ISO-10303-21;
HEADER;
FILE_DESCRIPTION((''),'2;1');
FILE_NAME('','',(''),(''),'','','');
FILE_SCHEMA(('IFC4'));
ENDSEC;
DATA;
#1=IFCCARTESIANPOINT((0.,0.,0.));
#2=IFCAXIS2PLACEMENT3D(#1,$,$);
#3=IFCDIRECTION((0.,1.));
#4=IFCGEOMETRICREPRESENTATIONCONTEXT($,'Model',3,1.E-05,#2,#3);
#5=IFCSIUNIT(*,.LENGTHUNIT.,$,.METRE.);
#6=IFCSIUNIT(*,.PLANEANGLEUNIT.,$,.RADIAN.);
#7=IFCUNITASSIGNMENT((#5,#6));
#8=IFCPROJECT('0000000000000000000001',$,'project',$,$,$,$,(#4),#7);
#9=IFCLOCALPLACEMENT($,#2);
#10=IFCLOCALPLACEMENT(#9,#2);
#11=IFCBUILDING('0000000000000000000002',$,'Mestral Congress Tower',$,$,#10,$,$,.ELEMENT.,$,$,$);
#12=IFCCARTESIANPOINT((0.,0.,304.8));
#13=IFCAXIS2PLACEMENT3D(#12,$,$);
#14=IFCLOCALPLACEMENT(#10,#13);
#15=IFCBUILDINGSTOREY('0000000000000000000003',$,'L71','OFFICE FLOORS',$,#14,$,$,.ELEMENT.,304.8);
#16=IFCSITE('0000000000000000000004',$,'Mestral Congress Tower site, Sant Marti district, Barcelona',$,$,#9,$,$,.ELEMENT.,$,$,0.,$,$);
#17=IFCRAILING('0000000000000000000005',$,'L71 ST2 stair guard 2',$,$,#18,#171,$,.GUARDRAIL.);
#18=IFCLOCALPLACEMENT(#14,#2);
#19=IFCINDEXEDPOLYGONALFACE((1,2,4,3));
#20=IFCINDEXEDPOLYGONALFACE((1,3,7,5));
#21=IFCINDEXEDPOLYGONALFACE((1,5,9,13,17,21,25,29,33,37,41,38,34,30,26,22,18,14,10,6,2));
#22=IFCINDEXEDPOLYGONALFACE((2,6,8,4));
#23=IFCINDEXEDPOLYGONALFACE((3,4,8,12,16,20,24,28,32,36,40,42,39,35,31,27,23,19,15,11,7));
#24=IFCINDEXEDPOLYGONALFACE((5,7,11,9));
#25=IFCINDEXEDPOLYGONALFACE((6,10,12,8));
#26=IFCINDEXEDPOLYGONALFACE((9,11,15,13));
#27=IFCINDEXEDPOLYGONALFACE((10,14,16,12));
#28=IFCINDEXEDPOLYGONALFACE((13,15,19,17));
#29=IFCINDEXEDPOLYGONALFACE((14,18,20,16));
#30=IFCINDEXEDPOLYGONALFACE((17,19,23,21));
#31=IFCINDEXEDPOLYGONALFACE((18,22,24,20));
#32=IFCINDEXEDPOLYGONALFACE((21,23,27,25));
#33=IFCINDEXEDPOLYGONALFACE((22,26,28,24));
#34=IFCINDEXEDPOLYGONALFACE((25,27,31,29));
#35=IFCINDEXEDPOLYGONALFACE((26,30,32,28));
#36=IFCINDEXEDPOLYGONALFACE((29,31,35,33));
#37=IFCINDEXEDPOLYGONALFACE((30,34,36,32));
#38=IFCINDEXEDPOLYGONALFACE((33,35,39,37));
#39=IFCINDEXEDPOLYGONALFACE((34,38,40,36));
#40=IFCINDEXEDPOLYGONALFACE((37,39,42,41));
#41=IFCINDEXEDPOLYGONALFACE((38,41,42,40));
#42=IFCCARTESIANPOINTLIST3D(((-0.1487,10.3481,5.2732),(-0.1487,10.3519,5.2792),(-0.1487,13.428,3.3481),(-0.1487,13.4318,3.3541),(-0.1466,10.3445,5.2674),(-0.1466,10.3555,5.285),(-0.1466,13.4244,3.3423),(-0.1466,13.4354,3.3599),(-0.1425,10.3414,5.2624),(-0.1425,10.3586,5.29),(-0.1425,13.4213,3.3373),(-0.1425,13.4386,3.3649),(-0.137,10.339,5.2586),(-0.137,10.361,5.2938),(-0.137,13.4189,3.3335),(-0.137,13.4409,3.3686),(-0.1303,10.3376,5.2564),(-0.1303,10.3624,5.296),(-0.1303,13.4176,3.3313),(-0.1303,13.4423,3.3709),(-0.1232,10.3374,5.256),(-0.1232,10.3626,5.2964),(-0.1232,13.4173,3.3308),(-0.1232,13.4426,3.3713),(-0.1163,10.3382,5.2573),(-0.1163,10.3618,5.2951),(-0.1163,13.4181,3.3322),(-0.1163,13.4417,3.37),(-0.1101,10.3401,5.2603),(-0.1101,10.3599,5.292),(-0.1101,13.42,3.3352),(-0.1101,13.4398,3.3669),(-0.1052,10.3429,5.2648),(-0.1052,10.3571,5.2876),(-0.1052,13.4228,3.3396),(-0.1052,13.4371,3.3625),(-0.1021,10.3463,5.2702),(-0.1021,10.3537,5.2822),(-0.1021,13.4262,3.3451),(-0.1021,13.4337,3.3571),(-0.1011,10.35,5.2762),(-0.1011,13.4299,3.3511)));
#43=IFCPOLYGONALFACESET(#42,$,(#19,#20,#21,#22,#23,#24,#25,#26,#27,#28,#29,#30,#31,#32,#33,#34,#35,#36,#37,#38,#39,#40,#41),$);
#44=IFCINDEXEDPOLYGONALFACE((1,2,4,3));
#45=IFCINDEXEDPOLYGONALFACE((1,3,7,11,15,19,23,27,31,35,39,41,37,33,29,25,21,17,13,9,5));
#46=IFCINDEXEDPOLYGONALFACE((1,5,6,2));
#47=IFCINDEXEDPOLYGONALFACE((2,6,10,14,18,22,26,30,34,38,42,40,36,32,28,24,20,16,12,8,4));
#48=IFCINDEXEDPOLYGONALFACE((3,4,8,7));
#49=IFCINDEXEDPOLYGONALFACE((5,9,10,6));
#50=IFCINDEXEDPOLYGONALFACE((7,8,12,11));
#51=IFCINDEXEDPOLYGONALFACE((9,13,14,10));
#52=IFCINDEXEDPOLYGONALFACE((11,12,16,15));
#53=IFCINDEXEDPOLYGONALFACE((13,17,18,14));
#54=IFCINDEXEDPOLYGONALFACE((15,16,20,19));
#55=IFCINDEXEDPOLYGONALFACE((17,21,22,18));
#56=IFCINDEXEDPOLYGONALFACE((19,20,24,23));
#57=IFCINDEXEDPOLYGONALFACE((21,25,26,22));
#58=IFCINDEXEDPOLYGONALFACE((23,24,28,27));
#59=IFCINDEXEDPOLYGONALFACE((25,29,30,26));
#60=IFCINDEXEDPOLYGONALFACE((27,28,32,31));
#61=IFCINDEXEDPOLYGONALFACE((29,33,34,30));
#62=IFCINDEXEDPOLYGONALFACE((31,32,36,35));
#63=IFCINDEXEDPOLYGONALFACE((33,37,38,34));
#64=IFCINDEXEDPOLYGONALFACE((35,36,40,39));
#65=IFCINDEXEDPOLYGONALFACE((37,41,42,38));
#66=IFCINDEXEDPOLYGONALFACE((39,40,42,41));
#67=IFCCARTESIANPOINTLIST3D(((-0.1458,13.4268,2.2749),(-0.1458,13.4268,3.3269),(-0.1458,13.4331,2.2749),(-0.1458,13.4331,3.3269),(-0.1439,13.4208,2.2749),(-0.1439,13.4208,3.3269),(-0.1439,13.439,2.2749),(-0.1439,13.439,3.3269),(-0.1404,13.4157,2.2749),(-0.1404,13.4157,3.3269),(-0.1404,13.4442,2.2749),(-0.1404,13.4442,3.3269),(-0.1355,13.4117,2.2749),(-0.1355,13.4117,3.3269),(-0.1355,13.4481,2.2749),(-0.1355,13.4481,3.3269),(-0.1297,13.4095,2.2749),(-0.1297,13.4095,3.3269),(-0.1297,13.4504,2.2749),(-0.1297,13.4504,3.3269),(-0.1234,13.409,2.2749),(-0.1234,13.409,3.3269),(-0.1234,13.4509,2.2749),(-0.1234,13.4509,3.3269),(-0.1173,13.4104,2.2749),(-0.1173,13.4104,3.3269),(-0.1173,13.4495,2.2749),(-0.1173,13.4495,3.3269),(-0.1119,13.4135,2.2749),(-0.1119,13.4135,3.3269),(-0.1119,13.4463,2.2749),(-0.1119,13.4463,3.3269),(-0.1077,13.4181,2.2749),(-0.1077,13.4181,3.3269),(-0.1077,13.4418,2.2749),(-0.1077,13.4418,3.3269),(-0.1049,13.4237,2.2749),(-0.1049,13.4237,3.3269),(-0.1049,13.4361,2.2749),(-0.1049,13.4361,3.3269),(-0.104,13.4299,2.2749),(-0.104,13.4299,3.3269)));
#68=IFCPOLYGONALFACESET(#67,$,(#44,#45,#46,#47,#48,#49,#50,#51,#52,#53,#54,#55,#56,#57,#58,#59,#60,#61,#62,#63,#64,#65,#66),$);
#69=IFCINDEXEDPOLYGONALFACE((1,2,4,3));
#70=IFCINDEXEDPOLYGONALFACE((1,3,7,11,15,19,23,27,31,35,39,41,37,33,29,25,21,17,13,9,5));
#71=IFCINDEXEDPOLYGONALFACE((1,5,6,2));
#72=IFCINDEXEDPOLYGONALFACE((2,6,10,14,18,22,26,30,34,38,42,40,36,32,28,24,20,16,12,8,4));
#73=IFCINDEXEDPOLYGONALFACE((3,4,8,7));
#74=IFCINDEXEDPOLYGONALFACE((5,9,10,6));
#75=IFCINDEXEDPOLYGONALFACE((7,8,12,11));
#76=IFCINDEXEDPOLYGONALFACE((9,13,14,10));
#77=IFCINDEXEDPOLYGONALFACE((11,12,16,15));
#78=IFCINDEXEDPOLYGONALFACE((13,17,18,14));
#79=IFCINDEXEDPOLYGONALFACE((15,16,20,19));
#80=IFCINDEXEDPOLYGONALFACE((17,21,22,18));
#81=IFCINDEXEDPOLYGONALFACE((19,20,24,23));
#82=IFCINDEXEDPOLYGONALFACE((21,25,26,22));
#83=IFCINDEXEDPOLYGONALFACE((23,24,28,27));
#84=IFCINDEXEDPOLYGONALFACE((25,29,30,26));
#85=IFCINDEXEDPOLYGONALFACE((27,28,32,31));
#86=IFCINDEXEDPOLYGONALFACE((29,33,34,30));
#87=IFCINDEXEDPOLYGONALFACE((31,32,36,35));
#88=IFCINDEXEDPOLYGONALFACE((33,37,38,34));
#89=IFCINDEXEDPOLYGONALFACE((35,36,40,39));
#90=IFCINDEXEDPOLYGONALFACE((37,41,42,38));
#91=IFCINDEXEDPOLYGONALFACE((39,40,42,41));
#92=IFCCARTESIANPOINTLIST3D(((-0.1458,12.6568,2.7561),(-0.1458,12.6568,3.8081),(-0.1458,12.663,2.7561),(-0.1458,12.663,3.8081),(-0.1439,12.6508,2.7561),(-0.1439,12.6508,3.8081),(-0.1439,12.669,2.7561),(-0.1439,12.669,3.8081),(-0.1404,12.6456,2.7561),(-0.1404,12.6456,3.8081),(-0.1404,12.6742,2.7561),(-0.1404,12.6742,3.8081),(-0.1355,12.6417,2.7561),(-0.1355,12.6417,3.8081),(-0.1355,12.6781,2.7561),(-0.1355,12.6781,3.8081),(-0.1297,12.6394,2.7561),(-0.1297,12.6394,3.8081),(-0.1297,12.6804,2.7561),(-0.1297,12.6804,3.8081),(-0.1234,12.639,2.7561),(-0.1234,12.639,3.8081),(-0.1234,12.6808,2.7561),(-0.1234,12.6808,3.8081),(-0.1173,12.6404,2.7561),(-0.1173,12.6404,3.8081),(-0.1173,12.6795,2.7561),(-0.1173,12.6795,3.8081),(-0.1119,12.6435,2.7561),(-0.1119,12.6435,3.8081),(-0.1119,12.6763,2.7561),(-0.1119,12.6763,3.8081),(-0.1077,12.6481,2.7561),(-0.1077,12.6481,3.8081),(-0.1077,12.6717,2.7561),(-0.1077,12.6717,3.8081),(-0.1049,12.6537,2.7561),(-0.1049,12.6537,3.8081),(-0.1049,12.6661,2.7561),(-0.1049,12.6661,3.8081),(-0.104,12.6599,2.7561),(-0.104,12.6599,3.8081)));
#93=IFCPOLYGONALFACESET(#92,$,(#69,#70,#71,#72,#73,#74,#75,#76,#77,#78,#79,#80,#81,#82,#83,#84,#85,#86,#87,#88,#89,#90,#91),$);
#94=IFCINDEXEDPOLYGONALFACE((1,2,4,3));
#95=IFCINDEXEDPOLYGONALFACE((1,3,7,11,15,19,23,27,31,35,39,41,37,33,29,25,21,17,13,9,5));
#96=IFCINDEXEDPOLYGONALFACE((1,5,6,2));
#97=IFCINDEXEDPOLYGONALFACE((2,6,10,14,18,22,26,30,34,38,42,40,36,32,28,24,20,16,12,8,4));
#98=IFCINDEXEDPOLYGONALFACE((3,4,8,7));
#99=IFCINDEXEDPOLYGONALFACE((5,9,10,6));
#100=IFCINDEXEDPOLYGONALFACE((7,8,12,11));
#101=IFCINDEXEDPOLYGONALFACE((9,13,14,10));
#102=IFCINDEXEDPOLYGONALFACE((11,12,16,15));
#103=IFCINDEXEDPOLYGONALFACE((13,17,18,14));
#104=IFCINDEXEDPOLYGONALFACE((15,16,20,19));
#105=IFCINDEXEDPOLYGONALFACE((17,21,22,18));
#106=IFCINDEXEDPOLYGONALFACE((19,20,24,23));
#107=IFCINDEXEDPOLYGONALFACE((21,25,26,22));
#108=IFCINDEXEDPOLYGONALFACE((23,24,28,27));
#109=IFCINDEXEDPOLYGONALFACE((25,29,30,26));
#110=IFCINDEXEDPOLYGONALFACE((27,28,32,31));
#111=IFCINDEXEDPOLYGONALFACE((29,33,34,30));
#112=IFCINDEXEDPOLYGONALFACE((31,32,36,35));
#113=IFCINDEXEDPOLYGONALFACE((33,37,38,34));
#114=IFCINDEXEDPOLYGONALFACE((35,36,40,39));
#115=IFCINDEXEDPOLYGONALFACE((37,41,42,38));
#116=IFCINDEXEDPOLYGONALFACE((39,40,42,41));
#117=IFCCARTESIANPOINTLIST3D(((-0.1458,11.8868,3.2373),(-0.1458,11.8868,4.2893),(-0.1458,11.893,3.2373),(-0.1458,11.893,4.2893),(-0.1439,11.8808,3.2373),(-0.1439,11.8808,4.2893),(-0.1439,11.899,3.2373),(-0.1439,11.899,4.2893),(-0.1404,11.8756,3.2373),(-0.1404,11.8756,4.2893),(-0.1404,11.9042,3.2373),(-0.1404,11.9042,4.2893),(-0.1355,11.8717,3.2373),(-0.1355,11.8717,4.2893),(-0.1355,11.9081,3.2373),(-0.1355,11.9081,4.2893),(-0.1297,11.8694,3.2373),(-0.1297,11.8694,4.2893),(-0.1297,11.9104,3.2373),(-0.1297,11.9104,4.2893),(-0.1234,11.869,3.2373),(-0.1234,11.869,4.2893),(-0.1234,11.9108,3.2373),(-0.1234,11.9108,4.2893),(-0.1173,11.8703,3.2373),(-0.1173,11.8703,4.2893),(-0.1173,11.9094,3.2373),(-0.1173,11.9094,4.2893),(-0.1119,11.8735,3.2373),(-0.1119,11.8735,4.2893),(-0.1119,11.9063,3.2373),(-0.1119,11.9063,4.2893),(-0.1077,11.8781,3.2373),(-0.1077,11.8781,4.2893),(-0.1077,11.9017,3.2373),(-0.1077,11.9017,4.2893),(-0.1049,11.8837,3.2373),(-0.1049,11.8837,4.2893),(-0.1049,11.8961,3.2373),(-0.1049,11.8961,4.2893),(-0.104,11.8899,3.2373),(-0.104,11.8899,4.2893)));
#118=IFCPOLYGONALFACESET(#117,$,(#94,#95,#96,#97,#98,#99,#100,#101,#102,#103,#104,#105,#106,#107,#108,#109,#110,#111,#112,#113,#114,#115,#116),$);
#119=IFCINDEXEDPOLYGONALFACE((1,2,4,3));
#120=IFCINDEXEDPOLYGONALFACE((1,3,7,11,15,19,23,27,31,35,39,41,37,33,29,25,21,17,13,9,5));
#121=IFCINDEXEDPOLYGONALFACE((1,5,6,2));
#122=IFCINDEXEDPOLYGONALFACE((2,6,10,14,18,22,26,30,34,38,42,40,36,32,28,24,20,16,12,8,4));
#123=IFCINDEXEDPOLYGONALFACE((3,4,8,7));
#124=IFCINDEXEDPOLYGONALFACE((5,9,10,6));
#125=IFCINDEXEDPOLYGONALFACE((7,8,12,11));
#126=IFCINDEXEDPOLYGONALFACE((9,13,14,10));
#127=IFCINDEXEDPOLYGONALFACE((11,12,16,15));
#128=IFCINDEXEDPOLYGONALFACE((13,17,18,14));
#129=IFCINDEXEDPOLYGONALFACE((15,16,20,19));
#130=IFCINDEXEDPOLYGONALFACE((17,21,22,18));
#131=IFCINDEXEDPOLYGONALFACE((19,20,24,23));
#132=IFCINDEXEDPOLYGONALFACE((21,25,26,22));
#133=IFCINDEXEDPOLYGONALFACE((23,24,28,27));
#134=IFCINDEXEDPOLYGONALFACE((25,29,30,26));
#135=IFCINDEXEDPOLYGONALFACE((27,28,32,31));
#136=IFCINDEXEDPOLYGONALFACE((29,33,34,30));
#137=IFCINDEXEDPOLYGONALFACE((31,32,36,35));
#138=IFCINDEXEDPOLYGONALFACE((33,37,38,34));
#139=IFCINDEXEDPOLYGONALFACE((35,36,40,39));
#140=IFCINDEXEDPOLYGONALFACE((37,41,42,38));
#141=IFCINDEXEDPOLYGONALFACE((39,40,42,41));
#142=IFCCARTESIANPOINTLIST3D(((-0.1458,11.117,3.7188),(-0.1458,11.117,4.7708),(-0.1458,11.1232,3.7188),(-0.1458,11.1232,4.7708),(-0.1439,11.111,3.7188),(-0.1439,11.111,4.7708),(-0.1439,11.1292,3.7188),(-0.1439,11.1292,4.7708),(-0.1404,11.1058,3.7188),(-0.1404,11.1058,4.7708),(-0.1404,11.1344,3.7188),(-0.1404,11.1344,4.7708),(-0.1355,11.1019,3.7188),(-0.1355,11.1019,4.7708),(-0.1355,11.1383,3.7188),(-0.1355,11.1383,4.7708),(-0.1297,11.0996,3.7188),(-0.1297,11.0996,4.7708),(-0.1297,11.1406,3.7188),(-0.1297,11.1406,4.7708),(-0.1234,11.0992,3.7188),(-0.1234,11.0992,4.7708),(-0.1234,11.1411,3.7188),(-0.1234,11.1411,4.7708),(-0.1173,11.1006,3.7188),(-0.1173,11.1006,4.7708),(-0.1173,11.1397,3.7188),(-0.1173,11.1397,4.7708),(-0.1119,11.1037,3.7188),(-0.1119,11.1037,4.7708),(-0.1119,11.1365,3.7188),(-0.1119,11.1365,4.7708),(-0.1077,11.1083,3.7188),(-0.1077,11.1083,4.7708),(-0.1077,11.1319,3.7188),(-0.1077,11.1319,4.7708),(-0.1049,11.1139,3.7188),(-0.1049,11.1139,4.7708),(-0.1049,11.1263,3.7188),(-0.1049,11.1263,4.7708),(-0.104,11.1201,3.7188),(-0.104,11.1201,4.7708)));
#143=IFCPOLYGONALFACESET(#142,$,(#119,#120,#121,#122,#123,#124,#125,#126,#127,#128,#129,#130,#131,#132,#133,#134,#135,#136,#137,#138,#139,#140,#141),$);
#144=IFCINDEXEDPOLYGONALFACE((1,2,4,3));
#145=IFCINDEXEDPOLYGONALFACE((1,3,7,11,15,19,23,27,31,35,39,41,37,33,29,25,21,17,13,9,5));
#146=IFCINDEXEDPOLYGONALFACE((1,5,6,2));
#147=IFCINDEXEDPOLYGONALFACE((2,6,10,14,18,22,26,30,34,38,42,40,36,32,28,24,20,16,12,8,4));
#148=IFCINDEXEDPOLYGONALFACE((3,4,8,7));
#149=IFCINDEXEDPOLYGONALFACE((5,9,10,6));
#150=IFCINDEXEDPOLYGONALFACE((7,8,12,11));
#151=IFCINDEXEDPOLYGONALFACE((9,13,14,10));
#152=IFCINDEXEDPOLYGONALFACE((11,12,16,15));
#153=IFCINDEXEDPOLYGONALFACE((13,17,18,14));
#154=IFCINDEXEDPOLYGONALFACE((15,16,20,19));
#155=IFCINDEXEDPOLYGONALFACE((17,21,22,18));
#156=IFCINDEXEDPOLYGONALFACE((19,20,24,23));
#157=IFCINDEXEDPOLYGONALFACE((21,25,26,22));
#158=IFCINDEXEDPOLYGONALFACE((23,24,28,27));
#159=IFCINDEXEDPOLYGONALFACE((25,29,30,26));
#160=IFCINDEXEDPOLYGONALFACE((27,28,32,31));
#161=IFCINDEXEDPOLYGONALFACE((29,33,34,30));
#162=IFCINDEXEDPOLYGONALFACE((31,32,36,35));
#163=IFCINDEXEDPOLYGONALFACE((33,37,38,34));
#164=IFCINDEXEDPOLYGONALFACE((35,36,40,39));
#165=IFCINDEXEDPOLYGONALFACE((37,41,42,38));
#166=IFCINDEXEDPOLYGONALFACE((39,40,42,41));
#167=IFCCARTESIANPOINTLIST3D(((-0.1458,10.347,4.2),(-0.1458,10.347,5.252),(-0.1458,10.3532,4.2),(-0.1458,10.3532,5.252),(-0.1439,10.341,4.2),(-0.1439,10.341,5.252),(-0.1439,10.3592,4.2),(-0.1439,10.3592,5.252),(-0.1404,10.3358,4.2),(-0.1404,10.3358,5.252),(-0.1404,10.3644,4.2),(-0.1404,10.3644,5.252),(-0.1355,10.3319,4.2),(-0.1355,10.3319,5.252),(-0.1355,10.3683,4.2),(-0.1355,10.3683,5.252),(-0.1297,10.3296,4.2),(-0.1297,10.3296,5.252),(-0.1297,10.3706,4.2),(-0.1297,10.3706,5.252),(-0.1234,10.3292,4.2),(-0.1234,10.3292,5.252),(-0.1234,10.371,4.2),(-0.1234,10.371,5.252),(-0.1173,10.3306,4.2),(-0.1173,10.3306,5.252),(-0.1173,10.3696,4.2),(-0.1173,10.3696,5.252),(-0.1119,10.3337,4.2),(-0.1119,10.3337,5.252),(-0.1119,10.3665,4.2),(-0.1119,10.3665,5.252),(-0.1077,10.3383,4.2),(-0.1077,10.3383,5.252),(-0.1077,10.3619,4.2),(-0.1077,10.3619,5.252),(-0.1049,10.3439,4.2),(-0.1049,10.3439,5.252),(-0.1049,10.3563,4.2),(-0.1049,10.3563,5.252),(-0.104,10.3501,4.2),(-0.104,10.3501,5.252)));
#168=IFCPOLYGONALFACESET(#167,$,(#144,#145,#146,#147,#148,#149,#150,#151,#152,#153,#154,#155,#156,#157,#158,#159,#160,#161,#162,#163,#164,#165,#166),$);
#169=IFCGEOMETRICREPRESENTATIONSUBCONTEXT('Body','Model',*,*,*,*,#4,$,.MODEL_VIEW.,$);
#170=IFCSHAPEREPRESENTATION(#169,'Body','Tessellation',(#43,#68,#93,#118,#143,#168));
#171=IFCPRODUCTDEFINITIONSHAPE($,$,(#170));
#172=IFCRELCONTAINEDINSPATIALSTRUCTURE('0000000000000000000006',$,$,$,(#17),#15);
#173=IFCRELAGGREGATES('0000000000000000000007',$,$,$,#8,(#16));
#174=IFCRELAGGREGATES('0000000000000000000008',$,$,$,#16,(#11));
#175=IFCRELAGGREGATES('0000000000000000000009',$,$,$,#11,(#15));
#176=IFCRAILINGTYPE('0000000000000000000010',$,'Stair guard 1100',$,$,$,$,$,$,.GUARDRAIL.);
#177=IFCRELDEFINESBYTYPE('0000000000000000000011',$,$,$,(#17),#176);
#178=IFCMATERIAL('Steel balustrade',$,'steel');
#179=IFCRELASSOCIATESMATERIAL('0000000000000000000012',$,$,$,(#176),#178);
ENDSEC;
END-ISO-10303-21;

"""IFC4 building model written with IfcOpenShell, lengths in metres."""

from ifc_helpers import new_model, si_unit, direction, frame, origin, origin_2d, place, context, subcontext, project, spatial, circle, extrude, material, type_object, element, save


model = new_model("IFC4")

# Units and contexts
model_context = context("Model", 3, precision=1e-05, world=origin(), true_north=direction((0.0, 1.0)))
body_context = subcontext(model_context, "Body", "Model", "MODEL_VIEW")
ifc_project = project(units=[si_unit("LENGTHUNIT", "METRE"), si_unit("PLANEANGLEUNIT", "RADIAN")], contexts=[model_context])

# Site, building, storey
site_placement = place(None, origin())
site = spatial("IfcSite", under=ifc_project, at=site_placement, Name="Mestral Congress Tower site, Sant Marti district, Barcelona", CompositionType="ELEMENT", RefElevation=0.0)
building_placement = place(site_placement, origin())
building = spatial("IfcBuilding", under=site, at=building_placement, Name="Mestral Congress Tower", CompositionType="ELEMENT")
storey_placement = place(building_placement, frame((0.0, 0.0, 304.8)))
storey = spatial("IfcBuildingStorey", under=building, at=storey_placement, Name="L71", Description="OFFICE FLOORS", CompositionType="ELEMENT", Elevation=304.8)

# Railing
ifc_material_1 = material(Name="Steel balustrade", Category="steel")
railing_type = type_object("IfcRailingType", Name="Stair guard 1100", PredefinedType="GUARDRAIL", material=ifc_material_1)
railing_placement = place(storey_placement, frame((-0.125, 13.4299, 2.2749)))
element("IfcRailing", 1, at=railing_placement, inside=storey, type_object=railing_type, Name="L71 ST2 stair guard 2", PredefinedType="GUARDRAIL", context=body_context, shape_type="SweptSolid", body=[
    extrude(circle(Radius=0.0239, at=origin_2d()), frame((0.0, 0.0, 1.0762), z_axis=(0.0, -0.847979, 0.530029), x_axis=(1.0, 0.0, 0.0)), (0.0, 0.0, 1.0), 3.6321),
    extrude(circle(Radius=0.021, at=origin_2d()), origin(), (0.0, 0.0, 1.0), 1.052),
    extrude(circle(Radius=0.021, at=origin_2d()), frame((0.0, -0.77, 0.4812)), (0.0, 0.0, 1.0), 1.052),
    extrude(circle(Radius=0.021, at=origin_2d()), frame((0.0, -1.54, 0.9624)), (0.0, 0.0, 1.0), 1.052),
    extrude(circle(Radius=0.021, at=origin_2d()), frame((0.0, -2.3098, 1.4438)), (0.0, 0.0, 1.0), 1.052),
    extrude(circle(Radius=0.021, at=origin_2d()), frame((0.0, -3.0798, 1.925)), (0.0, 0.0, 1.0), 1.052),
])

save(model, "model.ifc")
